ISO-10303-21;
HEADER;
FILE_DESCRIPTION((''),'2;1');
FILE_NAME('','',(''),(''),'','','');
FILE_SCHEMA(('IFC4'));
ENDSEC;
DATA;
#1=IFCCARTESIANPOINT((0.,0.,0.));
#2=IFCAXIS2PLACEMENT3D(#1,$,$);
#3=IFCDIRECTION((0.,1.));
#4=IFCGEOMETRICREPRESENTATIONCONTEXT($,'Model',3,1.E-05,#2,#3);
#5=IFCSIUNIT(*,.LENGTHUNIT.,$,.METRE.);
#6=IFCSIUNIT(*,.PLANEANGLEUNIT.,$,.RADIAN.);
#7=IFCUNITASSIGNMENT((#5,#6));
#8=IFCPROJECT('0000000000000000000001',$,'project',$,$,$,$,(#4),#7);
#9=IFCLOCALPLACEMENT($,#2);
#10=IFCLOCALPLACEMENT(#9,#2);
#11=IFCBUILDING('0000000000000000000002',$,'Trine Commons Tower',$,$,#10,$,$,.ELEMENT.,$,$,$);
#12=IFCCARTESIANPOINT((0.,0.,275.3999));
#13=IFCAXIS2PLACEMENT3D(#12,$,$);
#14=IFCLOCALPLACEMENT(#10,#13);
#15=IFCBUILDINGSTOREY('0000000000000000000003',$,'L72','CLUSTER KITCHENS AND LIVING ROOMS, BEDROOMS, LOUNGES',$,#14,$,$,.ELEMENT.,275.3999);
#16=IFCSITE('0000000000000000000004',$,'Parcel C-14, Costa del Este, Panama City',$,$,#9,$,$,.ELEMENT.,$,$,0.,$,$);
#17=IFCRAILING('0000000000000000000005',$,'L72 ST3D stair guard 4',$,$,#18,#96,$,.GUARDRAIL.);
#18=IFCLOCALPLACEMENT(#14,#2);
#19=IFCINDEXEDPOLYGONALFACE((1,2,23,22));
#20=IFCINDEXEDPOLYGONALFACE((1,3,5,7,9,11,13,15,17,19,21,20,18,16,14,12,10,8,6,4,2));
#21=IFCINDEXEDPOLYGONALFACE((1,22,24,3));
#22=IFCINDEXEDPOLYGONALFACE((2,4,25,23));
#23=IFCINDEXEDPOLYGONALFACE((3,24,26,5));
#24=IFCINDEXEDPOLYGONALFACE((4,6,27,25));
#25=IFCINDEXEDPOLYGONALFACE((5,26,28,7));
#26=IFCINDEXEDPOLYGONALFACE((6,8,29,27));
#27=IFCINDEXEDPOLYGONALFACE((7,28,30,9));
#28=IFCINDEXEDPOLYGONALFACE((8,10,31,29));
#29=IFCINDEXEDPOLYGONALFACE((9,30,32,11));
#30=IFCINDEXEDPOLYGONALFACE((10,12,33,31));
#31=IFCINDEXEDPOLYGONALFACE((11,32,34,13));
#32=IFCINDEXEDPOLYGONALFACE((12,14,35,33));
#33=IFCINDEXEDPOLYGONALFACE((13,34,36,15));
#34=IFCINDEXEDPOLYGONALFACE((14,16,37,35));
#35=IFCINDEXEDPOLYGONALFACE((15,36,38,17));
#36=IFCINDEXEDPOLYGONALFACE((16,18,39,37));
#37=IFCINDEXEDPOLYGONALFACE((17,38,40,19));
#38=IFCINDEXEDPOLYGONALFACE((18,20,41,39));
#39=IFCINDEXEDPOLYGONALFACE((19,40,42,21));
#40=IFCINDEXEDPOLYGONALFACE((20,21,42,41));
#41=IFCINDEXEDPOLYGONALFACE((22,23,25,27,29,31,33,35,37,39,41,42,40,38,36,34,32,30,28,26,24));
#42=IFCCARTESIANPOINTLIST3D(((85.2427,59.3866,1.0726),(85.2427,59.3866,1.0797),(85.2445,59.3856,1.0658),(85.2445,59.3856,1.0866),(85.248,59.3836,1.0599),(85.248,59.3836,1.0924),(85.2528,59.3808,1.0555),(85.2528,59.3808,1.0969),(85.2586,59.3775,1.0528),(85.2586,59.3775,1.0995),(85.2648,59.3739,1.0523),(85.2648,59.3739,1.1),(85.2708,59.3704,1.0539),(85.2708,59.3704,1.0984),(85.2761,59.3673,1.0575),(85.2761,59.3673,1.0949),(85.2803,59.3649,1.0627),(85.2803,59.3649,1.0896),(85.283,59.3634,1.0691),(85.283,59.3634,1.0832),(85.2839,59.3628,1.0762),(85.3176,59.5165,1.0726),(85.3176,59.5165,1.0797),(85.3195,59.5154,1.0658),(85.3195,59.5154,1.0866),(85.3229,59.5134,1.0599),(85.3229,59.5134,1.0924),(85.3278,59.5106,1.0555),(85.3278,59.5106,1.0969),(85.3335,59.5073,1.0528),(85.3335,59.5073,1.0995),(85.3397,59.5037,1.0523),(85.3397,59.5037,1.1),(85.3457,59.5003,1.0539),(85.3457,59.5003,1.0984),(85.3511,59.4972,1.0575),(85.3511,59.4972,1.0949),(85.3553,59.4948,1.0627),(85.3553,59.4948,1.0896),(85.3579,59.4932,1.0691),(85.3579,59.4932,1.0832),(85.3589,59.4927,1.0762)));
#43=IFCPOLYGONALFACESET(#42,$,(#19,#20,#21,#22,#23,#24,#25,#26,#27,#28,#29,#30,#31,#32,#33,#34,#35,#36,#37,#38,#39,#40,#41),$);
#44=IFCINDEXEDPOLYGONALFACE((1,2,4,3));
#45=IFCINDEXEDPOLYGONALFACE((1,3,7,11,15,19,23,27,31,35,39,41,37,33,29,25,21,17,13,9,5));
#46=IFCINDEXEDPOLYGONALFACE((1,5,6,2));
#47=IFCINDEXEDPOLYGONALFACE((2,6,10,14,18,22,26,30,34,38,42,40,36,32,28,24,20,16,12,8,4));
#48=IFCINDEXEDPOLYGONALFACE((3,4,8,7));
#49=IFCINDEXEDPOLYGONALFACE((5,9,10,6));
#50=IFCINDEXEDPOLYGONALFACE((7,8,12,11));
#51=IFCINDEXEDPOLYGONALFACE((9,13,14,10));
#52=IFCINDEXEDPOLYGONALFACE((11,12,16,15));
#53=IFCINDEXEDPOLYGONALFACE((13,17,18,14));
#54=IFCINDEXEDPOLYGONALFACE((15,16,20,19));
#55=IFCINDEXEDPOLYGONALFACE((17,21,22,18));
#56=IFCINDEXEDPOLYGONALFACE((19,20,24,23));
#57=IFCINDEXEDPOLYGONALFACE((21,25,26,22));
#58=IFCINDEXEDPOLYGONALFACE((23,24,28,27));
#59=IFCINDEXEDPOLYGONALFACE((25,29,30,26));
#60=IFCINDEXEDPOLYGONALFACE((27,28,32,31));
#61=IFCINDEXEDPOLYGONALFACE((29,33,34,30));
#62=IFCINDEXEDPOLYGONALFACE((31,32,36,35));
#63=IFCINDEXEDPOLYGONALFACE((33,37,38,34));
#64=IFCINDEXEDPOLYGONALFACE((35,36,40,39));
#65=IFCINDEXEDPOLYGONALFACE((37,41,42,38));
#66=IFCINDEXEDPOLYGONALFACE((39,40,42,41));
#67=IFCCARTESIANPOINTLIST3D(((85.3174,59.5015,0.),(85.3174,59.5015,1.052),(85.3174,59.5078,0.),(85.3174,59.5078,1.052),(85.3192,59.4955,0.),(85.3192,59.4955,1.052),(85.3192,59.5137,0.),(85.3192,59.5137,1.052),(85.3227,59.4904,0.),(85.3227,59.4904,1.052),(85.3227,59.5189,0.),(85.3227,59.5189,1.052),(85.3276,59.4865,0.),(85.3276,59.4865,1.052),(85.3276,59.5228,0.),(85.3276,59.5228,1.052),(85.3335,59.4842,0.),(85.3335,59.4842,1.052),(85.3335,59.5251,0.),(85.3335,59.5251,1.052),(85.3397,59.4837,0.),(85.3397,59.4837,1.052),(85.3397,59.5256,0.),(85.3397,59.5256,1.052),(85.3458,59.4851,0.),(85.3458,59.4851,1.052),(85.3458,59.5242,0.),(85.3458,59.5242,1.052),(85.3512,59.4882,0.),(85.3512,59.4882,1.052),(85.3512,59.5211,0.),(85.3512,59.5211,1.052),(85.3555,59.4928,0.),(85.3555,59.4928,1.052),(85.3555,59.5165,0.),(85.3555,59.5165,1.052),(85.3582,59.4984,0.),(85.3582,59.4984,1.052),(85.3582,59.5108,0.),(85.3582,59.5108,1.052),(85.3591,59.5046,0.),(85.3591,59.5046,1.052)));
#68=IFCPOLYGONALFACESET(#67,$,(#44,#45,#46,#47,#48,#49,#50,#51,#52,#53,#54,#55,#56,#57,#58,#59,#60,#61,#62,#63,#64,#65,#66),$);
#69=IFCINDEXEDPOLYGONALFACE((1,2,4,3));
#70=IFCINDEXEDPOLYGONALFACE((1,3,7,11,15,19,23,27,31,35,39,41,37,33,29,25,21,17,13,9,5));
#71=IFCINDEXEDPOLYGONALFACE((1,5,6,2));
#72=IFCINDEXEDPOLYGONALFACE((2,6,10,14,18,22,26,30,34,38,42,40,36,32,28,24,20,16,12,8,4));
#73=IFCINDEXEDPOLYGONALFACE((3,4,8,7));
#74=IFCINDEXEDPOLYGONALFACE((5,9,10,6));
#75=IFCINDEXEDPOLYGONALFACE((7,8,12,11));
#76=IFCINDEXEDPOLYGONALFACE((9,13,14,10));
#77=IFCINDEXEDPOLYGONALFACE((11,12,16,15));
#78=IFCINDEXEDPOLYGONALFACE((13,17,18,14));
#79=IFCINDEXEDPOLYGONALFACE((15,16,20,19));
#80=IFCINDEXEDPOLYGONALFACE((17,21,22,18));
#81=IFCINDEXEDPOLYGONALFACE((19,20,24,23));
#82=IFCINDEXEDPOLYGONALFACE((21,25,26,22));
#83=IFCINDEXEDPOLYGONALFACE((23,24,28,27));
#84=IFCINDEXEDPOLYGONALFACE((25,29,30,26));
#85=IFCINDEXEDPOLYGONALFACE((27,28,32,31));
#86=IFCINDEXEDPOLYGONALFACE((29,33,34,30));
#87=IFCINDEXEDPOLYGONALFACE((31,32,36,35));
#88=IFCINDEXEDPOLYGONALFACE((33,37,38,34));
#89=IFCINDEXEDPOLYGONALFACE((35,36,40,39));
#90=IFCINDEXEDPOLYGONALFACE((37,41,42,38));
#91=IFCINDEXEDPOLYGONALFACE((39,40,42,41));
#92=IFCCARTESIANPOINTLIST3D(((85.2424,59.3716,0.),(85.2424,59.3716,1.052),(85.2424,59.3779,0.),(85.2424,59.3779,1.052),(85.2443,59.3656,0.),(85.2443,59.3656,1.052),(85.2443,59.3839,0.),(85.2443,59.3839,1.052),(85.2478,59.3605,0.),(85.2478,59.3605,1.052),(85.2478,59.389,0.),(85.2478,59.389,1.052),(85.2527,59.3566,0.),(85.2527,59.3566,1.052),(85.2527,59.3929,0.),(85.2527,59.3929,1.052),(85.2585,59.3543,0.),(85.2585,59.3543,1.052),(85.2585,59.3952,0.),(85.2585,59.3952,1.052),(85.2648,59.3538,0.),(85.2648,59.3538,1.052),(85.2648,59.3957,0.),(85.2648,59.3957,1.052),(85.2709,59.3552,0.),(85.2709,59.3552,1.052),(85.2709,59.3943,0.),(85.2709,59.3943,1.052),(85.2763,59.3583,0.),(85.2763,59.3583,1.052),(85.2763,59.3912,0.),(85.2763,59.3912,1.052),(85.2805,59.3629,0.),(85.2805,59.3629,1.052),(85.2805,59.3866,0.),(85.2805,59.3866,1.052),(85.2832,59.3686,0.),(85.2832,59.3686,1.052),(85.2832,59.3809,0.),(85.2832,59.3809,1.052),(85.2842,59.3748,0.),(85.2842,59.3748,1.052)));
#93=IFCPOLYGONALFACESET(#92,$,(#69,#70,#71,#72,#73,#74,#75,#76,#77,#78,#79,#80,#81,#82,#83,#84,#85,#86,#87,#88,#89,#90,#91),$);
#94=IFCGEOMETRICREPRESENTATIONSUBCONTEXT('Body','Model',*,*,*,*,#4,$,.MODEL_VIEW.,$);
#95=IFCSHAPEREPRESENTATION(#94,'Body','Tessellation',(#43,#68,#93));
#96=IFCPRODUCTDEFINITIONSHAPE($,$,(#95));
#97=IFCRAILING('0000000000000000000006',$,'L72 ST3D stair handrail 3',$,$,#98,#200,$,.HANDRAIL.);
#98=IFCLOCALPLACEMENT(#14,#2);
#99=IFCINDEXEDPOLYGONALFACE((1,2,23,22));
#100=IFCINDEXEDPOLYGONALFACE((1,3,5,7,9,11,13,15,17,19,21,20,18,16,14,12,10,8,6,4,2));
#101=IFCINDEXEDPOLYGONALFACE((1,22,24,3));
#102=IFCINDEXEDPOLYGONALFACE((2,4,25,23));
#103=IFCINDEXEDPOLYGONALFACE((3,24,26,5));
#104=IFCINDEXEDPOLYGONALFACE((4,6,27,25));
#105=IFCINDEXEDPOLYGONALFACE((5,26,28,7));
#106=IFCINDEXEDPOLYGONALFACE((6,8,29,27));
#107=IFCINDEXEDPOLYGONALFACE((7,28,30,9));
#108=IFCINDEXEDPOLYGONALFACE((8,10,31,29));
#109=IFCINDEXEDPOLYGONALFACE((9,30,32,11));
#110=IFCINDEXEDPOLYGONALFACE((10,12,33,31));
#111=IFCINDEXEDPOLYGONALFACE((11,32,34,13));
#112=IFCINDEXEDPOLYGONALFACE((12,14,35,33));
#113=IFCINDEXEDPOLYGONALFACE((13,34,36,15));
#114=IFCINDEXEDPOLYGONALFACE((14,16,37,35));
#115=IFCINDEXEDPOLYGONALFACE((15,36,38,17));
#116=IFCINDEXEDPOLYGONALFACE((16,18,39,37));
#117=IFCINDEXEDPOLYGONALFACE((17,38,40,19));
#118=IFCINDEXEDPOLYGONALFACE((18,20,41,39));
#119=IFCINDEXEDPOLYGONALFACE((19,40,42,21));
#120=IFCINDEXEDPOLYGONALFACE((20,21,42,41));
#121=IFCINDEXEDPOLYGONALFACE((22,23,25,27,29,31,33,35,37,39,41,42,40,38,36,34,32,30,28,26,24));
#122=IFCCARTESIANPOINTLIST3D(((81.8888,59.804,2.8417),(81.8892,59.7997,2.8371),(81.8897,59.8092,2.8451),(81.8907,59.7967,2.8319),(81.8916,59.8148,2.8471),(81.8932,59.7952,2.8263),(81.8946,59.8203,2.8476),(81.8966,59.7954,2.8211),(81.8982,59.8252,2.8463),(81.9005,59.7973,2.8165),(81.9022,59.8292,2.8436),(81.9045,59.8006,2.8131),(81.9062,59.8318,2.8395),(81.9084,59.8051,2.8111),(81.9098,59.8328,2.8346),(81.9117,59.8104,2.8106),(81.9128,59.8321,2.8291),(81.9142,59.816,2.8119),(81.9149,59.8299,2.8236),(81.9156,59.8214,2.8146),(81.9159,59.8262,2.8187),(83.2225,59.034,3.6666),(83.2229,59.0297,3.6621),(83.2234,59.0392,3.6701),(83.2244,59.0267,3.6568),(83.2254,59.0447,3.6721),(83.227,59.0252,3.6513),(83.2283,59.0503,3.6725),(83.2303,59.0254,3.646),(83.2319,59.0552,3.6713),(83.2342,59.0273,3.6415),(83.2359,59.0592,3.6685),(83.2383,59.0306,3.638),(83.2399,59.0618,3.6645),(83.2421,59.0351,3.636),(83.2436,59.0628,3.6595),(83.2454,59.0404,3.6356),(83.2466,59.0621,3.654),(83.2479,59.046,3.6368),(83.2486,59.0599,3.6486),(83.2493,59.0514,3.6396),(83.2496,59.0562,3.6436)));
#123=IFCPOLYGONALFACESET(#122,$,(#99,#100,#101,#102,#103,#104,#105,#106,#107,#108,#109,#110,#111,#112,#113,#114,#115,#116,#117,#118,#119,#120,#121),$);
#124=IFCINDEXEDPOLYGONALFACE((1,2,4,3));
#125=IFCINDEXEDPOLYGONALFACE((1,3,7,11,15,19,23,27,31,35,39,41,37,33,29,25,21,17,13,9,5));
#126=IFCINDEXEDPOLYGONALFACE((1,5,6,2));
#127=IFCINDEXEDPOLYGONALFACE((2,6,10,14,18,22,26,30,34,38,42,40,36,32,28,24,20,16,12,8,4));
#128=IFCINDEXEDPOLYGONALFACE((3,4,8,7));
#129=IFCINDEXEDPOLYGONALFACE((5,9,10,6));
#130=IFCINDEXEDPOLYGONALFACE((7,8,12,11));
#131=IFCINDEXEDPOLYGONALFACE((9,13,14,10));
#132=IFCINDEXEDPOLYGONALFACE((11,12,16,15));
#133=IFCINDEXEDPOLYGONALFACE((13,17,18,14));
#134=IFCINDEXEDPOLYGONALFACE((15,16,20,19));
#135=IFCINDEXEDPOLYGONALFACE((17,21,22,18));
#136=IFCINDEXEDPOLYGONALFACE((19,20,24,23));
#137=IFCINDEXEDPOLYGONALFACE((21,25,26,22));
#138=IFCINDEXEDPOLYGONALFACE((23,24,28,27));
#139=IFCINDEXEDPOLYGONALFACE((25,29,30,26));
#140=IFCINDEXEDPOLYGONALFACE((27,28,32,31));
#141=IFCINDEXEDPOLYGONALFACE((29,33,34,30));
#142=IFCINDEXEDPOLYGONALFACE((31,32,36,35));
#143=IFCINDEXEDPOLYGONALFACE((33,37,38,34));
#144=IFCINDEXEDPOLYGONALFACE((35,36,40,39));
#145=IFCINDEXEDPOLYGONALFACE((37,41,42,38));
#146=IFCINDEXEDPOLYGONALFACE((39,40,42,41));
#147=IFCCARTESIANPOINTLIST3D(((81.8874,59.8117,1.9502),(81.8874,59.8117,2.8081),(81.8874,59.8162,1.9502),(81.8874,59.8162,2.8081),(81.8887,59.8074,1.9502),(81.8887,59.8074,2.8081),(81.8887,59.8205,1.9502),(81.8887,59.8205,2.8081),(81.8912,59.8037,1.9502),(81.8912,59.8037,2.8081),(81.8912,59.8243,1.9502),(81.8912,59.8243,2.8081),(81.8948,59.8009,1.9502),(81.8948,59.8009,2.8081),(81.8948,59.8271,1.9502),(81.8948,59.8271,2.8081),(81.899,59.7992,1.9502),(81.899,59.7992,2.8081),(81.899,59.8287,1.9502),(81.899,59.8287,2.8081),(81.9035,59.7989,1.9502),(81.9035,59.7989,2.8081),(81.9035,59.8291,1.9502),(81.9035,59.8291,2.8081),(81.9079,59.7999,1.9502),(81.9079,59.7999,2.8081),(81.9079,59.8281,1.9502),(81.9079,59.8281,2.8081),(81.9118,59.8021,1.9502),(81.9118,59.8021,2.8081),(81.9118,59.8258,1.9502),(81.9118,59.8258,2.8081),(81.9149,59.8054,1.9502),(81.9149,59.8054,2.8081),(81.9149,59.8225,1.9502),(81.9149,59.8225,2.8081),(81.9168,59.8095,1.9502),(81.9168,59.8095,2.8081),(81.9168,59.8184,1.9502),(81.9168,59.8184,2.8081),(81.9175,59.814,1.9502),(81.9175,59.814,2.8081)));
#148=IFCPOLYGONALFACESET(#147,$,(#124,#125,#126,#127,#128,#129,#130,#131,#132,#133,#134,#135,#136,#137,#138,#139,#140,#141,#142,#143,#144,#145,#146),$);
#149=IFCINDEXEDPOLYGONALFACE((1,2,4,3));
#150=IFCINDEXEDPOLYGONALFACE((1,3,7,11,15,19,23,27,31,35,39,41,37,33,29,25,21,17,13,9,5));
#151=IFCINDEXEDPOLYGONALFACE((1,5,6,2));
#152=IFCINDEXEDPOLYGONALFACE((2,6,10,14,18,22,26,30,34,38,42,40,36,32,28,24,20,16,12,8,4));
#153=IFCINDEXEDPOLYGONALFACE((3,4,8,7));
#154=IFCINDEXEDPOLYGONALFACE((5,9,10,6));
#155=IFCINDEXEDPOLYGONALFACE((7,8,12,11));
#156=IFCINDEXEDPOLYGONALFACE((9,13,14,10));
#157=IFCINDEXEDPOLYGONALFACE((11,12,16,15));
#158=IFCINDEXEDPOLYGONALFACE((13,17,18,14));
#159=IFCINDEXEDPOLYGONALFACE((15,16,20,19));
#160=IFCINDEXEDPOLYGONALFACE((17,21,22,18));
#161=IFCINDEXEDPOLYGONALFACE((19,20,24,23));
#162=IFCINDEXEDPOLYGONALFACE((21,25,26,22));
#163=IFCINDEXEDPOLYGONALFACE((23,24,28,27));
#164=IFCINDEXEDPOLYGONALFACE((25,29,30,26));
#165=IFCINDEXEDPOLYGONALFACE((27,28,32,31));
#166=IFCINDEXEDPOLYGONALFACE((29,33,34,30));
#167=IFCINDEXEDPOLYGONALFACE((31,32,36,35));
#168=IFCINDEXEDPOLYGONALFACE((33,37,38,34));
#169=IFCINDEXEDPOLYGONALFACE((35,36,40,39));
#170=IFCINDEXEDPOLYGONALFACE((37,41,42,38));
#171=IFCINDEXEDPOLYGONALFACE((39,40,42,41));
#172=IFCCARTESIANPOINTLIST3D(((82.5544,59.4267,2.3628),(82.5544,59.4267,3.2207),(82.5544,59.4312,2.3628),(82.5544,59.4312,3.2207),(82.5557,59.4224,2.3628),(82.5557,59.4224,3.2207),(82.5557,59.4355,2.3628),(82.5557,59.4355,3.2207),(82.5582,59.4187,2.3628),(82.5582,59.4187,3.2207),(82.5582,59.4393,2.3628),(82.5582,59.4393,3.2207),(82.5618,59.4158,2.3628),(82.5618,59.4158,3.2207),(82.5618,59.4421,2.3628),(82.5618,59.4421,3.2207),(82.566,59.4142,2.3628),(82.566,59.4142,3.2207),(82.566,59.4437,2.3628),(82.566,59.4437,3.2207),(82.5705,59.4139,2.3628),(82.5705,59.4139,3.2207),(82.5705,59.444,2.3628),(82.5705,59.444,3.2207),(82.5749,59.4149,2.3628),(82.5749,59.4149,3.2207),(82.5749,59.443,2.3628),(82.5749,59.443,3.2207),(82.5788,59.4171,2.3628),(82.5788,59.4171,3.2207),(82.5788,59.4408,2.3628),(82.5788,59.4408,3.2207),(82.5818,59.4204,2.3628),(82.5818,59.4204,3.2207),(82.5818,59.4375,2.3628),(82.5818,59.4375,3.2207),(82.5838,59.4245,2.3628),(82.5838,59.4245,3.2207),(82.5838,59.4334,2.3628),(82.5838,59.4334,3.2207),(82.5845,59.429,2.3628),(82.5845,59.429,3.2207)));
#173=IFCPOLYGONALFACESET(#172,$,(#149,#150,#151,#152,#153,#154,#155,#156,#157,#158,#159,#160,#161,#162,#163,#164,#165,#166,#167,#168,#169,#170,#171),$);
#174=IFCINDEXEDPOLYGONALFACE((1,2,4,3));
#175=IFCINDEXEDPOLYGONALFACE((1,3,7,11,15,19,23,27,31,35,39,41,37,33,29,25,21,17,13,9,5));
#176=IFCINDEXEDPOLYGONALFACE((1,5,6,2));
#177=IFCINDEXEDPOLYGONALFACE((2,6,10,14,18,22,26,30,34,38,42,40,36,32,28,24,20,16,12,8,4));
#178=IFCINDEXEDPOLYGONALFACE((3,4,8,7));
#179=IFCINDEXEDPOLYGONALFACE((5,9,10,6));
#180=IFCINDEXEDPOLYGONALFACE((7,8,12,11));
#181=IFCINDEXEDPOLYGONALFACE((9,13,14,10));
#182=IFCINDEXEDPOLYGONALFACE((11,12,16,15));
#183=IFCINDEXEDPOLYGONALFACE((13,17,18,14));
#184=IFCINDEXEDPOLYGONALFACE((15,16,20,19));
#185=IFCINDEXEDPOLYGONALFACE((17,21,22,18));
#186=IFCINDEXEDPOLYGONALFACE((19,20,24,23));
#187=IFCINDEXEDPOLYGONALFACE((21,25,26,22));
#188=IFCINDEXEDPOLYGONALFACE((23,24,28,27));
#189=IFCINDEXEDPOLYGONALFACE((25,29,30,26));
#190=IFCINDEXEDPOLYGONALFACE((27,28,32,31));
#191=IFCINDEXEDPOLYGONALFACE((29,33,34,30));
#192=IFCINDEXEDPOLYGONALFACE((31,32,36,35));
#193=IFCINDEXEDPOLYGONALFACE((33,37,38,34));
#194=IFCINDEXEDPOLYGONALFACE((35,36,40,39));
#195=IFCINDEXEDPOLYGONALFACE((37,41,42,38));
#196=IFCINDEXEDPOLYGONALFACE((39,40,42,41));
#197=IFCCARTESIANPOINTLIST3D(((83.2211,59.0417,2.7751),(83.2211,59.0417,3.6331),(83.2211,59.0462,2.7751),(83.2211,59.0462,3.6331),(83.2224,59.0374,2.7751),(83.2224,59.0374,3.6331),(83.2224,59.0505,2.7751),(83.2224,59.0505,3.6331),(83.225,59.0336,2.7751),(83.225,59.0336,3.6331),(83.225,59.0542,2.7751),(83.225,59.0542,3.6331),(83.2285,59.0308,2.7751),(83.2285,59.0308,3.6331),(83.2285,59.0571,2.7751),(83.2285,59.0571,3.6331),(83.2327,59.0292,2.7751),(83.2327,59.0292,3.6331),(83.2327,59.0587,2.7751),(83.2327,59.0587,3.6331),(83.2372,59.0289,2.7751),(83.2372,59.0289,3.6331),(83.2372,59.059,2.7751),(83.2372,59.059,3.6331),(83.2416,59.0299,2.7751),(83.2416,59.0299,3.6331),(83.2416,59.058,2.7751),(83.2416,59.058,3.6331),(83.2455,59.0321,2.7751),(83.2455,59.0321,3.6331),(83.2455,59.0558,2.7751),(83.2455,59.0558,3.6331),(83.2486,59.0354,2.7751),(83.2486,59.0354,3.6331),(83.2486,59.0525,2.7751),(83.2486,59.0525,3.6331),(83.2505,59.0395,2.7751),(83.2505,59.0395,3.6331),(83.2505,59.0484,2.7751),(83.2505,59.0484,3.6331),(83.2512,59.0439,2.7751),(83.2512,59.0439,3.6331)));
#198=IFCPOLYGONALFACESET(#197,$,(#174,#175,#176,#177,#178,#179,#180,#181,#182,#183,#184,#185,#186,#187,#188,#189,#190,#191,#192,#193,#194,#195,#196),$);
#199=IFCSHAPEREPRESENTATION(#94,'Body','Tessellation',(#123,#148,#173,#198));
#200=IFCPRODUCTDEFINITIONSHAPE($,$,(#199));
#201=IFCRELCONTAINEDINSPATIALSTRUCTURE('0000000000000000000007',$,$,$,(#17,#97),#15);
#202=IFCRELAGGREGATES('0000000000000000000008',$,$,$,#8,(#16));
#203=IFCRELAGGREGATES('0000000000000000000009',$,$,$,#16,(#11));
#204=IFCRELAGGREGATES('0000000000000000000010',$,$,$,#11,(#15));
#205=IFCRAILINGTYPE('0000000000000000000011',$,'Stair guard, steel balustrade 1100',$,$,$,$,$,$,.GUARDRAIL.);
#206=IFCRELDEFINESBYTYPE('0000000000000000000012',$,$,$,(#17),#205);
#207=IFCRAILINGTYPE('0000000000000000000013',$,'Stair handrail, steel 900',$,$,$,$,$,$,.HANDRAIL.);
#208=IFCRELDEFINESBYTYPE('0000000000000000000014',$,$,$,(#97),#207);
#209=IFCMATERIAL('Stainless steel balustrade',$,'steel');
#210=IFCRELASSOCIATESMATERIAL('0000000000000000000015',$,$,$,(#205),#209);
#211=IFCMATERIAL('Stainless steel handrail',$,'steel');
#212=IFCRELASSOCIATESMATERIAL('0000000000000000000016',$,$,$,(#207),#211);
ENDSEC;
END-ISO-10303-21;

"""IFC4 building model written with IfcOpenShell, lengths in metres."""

from ifc_helpers import new_model, si_unit, direction, frame, origin, origin_2d, place, context, subcontext, project, spatial, circle, extrude, material, type_object, element, save


model = new_model("IFC4")

# Units and contexts
model_context = context("Model", 3, precision=1e-05, world=origin(), true_north=direction((0.0, 1.0)))
body_context = subcontext(model_context, "Body", "Model", "MODEL_VIEW")
ifc_project = project(units=[si_unit("LENGTHUNIT", "METRE"), si_unit("PLANEANGLEUNIT", "RADIAN")], contexts=[model_context])

# Site, building, storey
site_placement = place(None, origin())
site = spatial("IfcSite", under=ifc_project, at=site_placement, Name="Parcel C-14, Costa del Este, Panama City", CompositionType="ELEMENT", RefElevation=0.0)
building_placement = place(site_placement, origin())
building = spatial("IfcBuilding", under=site, at=building_placement, Name="Trine Commons Tower", CompositionType="ELEMENT")
storey_placement = place(building_placement, frame((0.0, 0.0, 275.3999)))
storey = spatial("IfcBuildingStorey", under=building, at=storey_placement, Name="L72", Description="CLUSTER KITCHENS AND LIVING ROOMS, BEDROOMS, LOUNGES", CompositionType="ELEMENT", Elevation=275.3999)

# Railings
ifc_material_1 = material(Name="Stainless steel balustrade", Category="steel")
railing_type_1 = type_object("IfcRailingType", Name="Stair guard, steel balustrade 1100", PredefinedType="GUARDRAIL", material=ifc_material_1)
railing_1_placement = place(storey_placement, frame((85.3381, 59.5046, 0.0)))
element("IfcRailing", 1, at=railing_1_placement, inside=storey, type_object=railing_type_1, Name="L72 ST3D stair guard 4", PredefinedType="GUARDRAIL", context=body_context, shape_type="SweptSolid", body=[
    extrude(circle(Radius=0.0239, at=origin_2d()), frame((0.0, 0.0, 1.0762), z_axis=(-0.499816, -0.866131, 0.0), x_axis=(0.866131, -0.499816, 0.0)), (0.0, 0.0, 1.0), 0.1499),
    extrude(circle(Radius=0.021, at=origin_2d()), origin(), (0.0, 0.0, 1.0), 1.052),
    extrude(circle(Radius=0.021, at=origin_2d()), frame((-0.075, -0.1299, 0.0)), (0.0, 0.0, 1.0), 1.052),
])
ifc_material_2 = material(Name="Stainless steel handrail", Category="steel")
railing_type_2 = type_object("IfcRailingType", Name="Stair handrail, steel 900", PredefinedType="HANDRAIL", material=ifc_material_2)
for number, where, name in (
    (2, (81.9023, 59.814, 1.9502), "L72 ST3D stair handrail 3"),
):
    element("IfcRailing", number, at=place(storey_placement, frame(where)), inside=storey, type_object=railing_type_2, Name=name, PredefinedType="HANDRAIL", context=body_context, shape_type="SweptSolid", body=[
        extrude(circle(Radius=0.021, at=origin_2d()), frame((0.0, 0.0, 0.8789), z_axis=(0.763405, -0.440743, 0.472185), x_axis=(0.499992, 0.86603, 0.0)), (0.0, 0.0, 1.0), 1.7471),
        extrude(circle(Radius=0.0151, at=origin_2d()), origin(), (0.0, 0.0, 1.0), 0.8579),
        extrude(circle(Radius=0.0151, at=origin_2d()), frame((0.667, -0.385, 0.4126)), (0.0, 0.0, 1.0), 0.8579),
        extrude(circle(Radius=0.0151, at=origin_2d()), frame((1.3337, -0.77, 0.825)), (0.0, 0.0, 1.0), 0.8579),
    ])

save(model, "model.ifc")
